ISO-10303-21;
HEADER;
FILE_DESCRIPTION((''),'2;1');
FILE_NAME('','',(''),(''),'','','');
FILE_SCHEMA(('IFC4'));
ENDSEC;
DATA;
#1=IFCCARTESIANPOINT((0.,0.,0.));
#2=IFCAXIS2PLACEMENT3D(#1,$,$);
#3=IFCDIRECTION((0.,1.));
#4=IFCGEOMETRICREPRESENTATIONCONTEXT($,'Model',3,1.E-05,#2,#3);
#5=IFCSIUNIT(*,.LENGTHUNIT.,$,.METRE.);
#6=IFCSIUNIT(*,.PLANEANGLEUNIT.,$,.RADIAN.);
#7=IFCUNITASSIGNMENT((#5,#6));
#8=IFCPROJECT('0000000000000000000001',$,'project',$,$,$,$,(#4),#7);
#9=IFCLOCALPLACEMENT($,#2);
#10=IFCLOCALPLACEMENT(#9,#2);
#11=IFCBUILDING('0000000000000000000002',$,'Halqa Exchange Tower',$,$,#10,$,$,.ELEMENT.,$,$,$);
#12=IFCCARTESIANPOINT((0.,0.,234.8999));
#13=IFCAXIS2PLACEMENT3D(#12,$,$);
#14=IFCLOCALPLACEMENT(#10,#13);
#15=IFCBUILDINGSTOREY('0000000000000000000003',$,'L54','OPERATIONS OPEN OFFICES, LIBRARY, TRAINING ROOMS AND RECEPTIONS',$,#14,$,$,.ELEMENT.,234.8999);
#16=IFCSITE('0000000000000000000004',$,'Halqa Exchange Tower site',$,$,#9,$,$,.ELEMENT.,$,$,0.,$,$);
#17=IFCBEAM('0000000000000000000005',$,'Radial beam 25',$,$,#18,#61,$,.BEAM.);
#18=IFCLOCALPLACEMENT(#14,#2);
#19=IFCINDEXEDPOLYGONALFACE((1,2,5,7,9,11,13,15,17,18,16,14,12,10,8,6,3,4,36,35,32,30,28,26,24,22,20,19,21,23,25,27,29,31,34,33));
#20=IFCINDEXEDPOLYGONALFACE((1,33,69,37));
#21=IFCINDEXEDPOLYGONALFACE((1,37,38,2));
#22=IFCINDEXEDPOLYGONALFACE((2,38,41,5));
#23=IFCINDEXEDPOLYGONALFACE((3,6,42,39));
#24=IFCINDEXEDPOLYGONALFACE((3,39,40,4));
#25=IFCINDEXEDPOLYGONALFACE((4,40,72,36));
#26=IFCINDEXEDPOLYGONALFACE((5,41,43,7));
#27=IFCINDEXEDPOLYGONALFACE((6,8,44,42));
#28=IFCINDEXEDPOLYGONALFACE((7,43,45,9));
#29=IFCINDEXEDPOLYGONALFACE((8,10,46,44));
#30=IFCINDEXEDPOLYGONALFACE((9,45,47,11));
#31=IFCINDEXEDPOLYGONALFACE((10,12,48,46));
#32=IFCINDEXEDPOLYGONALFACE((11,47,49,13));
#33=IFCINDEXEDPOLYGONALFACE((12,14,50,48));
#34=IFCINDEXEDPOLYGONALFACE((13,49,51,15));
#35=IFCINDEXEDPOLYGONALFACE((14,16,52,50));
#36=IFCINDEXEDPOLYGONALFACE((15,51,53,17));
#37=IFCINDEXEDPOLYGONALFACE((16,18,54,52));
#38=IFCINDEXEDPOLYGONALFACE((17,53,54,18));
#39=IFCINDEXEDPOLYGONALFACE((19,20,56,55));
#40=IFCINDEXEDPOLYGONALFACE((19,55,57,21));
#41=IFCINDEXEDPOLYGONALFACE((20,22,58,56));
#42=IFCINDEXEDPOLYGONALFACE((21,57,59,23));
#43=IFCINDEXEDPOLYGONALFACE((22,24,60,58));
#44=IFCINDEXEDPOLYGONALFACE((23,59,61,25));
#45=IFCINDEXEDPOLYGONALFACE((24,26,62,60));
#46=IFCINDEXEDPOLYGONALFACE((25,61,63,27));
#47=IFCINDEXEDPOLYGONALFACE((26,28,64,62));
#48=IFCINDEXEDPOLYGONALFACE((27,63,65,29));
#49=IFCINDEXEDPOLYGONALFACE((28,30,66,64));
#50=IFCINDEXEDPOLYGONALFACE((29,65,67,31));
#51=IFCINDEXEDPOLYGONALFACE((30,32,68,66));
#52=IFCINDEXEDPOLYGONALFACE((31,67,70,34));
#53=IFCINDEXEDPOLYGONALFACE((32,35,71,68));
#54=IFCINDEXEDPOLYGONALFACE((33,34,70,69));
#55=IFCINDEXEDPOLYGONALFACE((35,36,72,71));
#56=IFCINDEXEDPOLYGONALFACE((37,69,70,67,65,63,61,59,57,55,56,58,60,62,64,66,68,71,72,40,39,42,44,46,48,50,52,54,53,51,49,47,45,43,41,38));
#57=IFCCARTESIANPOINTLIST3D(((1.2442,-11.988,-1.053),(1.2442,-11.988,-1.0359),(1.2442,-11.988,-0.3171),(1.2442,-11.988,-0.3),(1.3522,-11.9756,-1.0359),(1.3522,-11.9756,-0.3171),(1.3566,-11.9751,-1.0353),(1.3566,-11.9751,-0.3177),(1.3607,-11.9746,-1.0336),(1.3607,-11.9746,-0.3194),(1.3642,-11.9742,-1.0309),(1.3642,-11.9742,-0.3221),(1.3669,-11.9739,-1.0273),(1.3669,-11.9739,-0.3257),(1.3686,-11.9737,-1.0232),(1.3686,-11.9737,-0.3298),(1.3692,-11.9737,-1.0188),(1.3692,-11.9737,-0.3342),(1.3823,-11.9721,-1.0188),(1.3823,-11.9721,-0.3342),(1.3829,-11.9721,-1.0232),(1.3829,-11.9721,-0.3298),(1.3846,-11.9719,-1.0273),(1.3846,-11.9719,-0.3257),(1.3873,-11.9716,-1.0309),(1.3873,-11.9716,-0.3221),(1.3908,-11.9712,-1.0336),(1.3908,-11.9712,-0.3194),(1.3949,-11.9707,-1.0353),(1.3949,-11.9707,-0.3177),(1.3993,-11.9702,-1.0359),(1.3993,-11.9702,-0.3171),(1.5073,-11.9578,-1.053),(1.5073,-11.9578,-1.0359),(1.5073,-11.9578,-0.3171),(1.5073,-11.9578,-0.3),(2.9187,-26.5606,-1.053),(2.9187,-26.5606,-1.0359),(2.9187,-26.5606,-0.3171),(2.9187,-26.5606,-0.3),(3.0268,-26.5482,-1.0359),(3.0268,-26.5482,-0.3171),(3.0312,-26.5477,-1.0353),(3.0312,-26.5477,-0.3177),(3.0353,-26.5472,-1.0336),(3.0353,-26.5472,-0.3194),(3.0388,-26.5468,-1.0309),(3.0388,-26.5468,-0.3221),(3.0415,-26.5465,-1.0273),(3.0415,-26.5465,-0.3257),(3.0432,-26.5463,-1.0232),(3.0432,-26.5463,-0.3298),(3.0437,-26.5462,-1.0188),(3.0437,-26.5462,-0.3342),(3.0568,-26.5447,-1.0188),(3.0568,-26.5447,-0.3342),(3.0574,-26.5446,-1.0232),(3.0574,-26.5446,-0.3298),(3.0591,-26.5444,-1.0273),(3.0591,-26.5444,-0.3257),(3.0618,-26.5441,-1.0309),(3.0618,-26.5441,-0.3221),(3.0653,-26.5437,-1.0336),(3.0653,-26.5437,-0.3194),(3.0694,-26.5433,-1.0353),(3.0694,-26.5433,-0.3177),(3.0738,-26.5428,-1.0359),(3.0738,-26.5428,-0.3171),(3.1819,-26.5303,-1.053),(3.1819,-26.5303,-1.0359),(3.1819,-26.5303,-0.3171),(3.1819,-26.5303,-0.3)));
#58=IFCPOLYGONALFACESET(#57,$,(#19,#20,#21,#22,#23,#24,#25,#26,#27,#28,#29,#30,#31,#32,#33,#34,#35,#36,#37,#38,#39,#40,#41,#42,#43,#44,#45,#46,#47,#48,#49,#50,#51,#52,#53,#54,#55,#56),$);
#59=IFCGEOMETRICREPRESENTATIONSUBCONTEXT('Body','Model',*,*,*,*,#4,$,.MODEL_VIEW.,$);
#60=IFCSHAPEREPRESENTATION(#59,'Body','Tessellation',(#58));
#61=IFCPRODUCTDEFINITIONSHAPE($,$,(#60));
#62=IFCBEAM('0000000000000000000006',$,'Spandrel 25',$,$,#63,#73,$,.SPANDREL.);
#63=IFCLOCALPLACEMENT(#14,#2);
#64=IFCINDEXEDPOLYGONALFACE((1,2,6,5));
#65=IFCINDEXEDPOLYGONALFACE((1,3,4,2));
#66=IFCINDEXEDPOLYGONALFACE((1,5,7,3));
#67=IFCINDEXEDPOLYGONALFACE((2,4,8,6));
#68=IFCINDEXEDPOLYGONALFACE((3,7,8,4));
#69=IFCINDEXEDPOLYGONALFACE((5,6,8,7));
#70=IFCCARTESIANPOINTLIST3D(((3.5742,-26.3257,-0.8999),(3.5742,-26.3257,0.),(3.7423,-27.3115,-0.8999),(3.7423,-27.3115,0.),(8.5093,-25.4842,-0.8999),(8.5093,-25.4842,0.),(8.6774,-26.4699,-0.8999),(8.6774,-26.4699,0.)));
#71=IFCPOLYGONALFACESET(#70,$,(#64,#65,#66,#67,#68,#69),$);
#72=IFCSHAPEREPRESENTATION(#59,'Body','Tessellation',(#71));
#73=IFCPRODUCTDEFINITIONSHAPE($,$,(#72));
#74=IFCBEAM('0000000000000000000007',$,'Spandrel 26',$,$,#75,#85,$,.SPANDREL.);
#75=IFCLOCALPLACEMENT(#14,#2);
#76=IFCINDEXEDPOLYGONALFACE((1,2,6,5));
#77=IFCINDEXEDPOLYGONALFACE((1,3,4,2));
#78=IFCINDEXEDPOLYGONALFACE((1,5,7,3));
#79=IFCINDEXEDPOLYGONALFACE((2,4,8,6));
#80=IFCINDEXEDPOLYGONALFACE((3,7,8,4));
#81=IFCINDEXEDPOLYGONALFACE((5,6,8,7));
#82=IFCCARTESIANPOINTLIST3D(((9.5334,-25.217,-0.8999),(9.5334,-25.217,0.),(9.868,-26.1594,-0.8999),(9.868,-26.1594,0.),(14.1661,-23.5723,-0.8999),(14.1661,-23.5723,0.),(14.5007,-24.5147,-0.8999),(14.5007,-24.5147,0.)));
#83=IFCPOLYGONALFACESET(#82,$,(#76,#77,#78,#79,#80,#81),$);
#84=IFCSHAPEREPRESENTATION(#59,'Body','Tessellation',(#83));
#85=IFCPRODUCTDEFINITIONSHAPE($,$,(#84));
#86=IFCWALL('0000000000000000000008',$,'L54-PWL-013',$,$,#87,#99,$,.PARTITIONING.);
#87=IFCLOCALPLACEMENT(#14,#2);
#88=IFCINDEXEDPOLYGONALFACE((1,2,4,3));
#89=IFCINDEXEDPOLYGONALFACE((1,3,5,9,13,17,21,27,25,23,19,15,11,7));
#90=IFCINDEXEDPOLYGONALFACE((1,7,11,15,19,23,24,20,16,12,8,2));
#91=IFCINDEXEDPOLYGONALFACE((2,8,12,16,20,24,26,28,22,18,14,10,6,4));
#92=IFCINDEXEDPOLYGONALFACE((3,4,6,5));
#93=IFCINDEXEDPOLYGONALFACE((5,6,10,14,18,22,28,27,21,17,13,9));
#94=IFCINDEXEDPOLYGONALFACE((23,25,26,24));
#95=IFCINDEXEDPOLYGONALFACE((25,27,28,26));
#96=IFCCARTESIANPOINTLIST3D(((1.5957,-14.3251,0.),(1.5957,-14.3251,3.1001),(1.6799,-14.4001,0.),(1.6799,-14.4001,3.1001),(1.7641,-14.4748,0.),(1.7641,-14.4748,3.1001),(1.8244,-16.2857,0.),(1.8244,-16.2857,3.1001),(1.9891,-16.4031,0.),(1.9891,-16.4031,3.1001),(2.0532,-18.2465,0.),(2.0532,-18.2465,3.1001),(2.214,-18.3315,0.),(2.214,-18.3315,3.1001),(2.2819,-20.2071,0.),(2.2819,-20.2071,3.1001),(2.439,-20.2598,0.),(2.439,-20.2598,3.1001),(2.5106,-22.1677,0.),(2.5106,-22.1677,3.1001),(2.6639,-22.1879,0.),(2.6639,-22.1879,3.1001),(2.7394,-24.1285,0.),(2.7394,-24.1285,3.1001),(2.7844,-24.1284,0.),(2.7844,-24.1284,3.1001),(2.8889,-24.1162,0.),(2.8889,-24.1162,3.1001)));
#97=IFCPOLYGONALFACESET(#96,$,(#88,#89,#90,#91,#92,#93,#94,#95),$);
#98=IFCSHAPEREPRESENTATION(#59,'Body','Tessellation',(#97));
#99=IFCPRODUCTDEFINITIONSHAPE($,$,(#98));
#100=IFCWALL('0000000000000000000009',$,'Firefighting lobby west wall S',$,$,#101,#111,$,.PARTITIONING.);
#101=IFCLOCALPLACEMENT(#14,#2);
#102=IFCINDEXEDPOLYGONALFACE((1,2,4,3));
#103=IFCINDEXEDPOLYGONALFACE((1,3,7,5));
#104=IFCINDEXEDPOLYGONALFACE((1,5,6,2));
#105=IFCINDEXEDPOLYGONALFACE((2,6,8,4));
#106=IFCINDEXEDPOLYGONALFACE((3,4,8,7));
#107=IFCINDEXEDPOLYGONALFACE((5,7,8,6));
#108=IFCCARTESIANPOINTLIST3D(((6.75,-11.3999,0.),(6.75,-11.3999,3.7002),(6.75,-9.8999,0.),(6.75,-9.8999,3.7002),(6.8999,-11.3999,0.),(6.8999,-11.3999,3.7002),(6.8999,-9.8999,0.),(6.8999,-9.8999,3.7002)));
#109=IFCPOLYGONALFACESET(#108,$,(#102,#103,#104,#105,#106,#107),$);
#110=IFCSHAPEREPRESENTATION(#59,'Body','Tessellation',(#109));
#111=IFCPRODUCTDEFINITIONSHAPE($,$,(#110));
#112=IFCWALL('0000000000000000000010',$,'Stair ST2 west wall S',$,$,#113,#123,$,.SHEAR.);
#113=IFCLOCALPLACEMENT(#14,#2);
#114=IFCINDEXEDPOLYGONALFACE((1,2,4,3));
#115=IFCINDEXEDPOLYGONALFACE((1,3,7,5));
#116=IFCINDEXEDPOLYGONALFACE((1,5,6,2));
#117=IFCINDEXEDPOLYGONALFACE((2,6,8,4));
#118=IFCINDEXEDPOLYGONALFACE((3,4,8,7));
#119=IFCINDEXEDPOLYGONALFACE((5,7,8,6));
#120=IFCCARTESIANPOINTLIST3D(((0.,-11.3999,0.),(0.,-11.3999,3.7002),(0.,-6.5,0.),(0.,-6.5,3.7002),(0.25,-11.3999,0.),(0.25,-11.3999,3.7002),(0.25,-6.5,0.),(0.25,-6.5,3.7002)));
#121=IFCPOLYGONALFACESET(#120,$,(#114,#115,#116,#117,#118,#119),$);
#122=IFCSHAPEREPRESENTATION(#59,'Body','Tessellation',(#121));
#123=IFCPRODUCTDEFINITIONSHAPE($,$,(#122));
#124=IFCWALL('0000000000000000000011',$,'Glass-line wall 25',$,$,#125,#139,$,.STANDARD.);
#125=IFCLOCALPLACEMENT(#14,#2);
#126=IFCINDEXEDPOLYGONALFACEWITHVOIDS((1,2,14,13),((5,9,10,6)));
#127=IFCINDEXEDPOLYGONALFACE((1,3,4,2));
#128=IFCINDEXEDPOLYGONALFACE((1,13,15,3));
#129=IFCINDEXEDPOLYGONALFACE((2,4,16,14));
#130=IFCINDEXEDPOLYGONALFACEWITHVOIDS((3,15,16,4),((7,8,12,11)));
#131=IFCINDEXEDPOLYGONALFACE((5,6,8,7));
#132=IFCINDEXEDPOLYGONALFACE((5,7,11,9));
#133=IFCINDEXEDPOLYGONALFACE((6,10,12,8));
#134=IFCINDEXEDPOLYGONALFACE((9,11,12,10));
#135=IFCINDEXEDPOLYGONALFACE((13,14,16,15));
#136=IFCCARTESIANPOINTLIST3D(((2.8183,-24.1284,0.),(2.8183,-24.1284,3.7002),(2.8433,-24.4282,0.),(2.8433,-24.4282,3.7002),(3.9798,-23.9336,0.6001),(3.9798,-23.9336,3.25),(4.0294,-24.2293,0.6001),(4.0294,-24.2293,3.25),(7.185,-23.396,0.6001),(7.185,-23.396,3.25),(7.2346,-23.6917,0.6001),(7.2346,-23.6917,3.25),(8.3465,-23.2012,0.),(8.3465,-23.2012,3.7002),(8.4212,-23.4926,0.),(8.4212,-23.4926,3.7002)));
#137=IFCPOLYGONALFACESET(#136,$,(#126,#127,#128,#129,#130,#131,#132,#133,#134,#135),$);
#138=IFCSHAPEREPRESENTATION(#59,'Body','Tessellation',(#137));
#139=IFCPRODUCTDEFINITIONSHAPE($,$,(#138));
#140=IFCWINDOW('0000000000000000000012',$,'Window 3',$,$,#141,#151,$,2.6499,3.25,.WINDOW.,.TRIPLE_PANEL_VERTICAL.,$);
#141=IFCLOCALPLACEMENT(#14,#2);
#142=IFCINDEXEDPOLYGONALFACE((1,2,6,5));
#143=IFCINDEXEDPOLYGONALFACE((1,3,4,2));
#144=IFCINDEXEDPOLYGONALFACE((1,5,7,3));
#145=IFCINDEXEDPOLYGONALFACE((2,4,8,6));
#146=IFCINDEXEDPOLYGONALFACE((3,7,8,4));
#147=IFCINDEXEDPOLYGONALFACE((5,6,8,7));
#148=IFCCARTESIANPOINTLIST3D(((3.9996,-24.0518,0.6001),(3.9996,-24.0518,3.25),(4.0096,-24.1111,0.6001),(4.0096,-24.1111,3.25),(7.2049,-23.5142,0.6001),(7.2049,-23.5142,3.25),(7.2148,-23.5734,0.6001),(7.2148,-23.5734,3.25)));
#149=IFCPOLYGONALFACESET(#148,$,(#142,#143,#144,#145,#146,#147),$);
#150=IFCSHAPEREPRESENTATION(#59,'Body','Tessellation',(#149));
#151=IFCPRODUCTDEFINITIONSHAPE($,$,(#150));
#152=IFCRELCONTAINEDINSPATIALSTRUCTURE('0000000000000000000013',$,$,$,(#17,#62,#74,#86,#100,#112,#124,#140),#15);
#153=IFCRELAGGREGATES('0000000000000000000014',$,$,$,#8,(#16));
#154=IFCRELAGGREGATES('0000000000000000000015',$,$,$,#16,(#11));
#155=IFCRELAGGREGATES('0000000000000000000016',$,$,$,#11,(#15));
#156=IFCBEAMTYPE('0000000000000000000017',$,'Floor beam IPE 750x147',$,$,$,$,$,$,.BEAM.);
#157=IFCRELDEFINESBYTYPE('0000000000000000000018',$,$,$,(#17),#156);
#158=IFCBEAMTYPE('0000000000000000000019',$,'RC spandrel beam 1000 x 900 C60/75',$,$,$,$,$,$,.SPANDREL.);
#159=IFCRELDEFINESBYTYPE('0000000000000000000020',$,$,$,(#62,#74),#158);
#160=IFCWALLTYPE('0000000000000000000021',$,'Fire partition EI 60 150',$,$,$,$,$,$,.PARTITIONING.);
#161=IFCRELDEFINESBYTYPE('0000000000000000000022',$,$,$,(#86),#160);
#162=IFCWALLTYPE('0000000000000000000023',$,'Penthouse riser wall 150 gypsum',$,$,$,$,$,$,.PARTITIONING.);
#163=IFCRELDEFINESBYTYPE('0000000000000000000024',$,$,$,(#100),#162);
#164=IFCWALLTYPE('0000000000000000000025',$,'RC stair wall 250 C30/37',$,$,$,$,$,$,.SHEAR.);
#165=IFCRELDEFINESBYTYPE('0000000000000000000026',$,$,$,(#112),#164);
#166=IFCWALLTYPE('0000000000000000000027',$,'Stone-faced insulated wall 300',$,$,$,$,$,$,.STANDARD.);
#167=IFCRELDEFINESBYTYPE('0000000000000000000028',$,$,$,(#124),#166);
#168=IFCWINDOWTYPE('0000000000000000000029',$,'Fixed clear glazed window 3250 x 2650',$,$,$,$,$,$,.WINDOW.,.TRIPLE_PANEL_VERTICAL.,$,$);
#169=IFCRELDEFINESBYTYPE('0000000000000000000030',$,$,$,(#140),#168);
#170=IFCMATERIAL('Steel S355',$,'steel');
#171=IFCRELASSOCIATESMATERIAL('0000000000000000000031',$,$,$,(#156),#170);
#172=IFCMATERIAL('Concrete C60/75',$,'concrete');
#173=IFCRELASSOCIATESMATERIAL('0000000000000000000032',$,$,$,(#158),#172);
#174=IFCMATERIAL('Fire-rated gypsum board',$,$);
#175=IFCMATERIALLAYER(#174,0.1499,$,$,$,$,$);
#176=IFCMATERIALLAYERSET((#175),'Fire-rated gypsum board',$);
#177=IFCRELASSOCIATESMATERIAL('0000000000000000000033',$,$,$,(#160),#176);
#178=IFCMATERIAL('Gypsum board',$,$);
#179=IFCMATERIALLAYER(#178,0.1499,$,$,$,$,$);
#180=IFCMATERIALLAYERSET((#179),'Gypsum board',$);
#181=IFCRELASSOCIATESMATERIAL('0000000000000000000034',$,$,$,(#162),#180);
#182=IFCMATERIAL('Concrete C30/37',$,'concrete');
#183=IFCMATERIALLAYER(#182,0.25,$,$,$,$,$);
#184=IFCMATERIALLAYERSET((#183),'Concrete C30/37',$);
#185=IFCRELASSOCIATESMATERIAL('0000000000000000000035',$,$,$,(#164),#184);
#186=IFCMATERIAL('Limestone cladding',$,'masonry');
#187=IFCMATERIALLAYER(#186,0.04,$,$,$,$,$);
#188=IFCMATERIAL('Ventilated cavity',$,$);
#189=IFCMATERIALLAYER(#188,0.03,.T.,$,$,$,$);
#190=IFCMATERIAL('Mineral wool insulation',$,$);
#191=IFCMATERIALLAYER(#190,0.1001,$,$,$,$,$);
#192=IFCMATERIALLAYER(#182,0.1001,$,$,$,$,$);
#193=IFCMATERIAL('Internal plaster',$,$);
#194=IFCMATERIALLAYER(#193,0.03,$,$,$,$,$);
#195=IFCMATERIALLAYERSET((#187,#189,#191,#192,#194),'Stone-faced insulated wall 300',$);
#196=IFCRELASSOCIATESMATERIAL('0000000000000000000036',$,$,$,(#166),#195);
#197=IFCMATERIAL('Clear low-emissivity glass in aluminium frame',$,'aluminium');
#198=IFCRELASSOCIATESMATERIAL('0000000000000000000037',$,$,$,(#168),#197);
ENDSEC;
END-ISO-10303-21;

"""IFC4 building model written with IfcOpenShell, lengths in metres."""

from ifc_helpers import new_model, si_unit, direction, frame, frame_2d, origin, origin_2d, place, context, subcontext, project, spatial, polyline, rectangle, i_section, outline, extrude, material, layer, layer_set, material_profile, profile_set, type_object, element, fill, save


model = new_model("IFC4")

# Units and contexts
model_context = context("Model", 3, precision=1e-05, world=origin(), true_north=direction((0.0, 1.0)))
body_context = subcontext(model_context, "Body", "Model", "MODEL_VIEW")
ifc_project = project(units=[si_unit("LENGTHUNIT", "METRE"), si_unit("PLANEANGLEUNIT", "RADIAN")], contexts=[model_context])

# Site, building, storey
site_placement = place(None, origin())
site = spatial("IfcSite", under=ifc_project, at=site_placement, Name="Halqa Exchange Tower site", CompositionType="ELEMENT", RefElevation=0.0)
building_placement = place(site_placement, origin())
building = spatial("IfcBuilding", under=site, at=building_placement, Name="Halqa Exchange Tower", CompositionType="ELEMENT")
storey_placement = place(building_placement, frame((0.0, 0.0, 234.8999)))
storey = spatial("IfcBuildingStorey", under=building, at=storey_placement, Name="L54", Description="OPERATIONS OPEN OFFICES, LIBRARY, TRAINING ROOMS AND RECEPTIONS", CompositionType="ELEMENT", Elevation=234.8999)

# Shared definitions
ifc_material_1 = material(Name="Concrete C60/75", Category="concrete")

# Beams
ifc_material_2 = material(Name="Steel S355", Category="steel")
ifc_material_profile_1 = material_profile(ifc_material_2, i_section(OverallWidth=0.2649, OverallDepth=0.7529, WebThickness=0.0132, FlangeThickness=0.0171, FilletRadius=0.0171, at=origin_2d()), Name="IPE 750x147")
ifc_profile_set_1 = profile_set([ifc_material_profile_1], Name="Steel S355")
beam_type_1 = type_object("IfcBeamType", Name="Floor beam IPE 750x147", PredefinedType="BEAM", material=ifc_profile_set_1)
beam_1_placement = place(storey_placement, frame((1.3757, -11.9729, -0.6765), z_axis=(0.114161, -0.993462, 0.0), x_axis=(0.993462, 0.114161, 0.0)))
element("IfcBeam", 1, at=beam_1_placement, inside=storey, type_object=beam_type_1, Name="Radial beam 25", PredefinedType="BEAM", context=body_context, shape_type="SweptSolid", body=[
    extrude(i_section(OverallWidth=0.2649, OverallDepth=0.7529, WebThickness=0.0132, FlangeThickness=0.0171, FilletRadius=0.0171, at=origin_2d()), origin(), (0.0, 0.0, 1.0), 14.6685),
])
ifc_material_profile_2 = material_profile(ifc_material_1, rectangle(XDim=1.0, YDim=0.8999, at=origin_2d()), Name="1000 x 900")
ifc_profile_set_2 = profile_set([ifc_material_profile_2], Name="Concrete C60/75")
beam_type_2 = type_object("IfcBeamType", Name="RC spandrel beam 1000 x 900 C60/75", PredefinedType="SPANDREL", material=ifc_profile_set_2)
beam_2_placement = place(storey_placement, frame((3.6582, -26.8186, -0.45), z_axis=(0.98577, 0.168099, 0.0), x_axis=(-0.168099, 0.98577, 0.0)))
element("IfcBeam", 2, at=beam_2_placement, inside=storey, type_object=beam_type_2, Name="Spandrel 25", PredefinedType="SPANDREL", context=body_context, shape_type="SweptSolid", body=[
    extrude(rectangle(XDim=1.0, YDim=0.8999, at=origin_2d()), origin(), (0.0, 0.0, 1.0), 5.0063),
])
beam_3_placement = place(storey_placement, frame((9.7007, -25.6882, -0.45), z_axis=(0.942372, 0.334568, 0.0), x_axis=(-0.334568, 0.942372, 0.0)))
element("IfcBeam", 3, at=beam_3_placement, inside=storey, type_object=beam_type_2, Name="Spandrel 26", PredefinedType="SPANDREL", context=body_context, shape_type="SweptSolid", body=[
    extrude(rectangle(XDim=1.0, YDim=0.8999, at=origin_2d()), origin(), (0.0, 0.0, 1.0), 4.916),
])

# Wall
ifc_material_3 = material(Name="Fire-rated gypsum board")
ifc_layer_1 = layer(ifc_material_3, 0.1499)
ifc_layer_set_1 = layer_set([ifc_layer_1], Name="Fire-rated gypsum board")
wall_type_1 = type_object("IfcWallType", Name="Fire partition EI 60 150", PredefinedType="PARTITIONING", material=ifc_layer_set_1)
wall_1_placement = place(storey_placement, frame((1.6702, -14.3164, 0.0), z_axis=(0.0, 0.0, 1.0), x_axis=(0.115876, -0.993264, 0.0)))
element("IfcWall", 4, at=wall_1_placement, inside=storey, type_object=wall_type_1, Name="L54-PWL-013", PredefinedType="PARTITIONING", context=body_context, shape_type="SweptSolid", body=[
    extrude(outline(polyline([(0.0, -0.075), (1.9739, -0.075), (3.948, -0.075), (5.9219, -0.075), (7.8958, -0.075), (9.8699, -0.075), (9.875, -0.0303), (9.875, 0.075), (7.9336, 0.075), (5.9924, 0.075), (4.051, 0.075), (2.1096, 0.075), (0.1682, 0.075), (0.0842, 0.0), (0.0, -0.075), (0.0, -0.075)])), origin(), (0.0, 0.0, 1.0), 3.1001),
])

# Walls
ifc_material_4 = material(Name="Gypsum board")
ifc_layer_2 = layer(ifc_material_4, 0.1499)
ifc_layer_set_2 = layer_set([ifc_layer_2], Name="Gypsum board")
wall_type_2 = type_object("IfcWallType", Name="Penthouse riser wall 150 gypsum", PredefinedType="PARTITIONING", material=ifc_layer_set_2)
wall_2_placement = place(storey_placement, frame((6.825, -11.3999, 0.0), z_axis=(0.0, 0.0, 1.0), x_axis=(0.0, 1.0, 0.0)))
element("IfcWall", 5, at=wall_2_placement, inside=storey, type_object=wall_type_2, Name="Firefighting lobby west wall S", PredefinedType="PARTITIONING", context=body_context, shape_type="SweptSolid", body=[
    extrude(rectangle(XDim=1.5, YDim=0.1499, at=frame_2d((0.75, 0.0))), origin(), (0.0, 0.0, 1.0), 3.7002),
])
ifc_material_5 = material(Name="Concrete C30/37", Category="concrete")
ifc_layer_3 = layer(ifc_material_5, 0.25)
ifc_layer_set_3 = layer_set([ifc_layer_3], Name="Concrete C30/37")
wall_type_3 = type_object("IfcWallType", Name="RC stair wall 250 C30/37", PredefinedType="SHEAR", material=ifc_layer_set_3)
wall_3_placement = place(storey_placement, frame((0.125, -11.3999, 0.0), z_axis=(0.0, 0.0, 1.0), x_axis=(0.0, 1.0, 0.0)))
element("IfcWall", 6, at=wall_3_placement, inside=storey, type_object=wall_type_3, Name="Stair ST2 west wall S", PredefinedType="SHEAR", context=body_context, shape_type="SweptSolid", body=[
    extrude(rectangle(XDim=4.8999, YDim=0.25, at=frame_2d((2.45, 0.0))), origin(), (0.0, 0.0, 1.0), 3.7002),
])

# Wall, opening, window
ifc_material_6 = material(Name="Limestone cladding", Category="masonry")
ifc_layer_4 = layer(ifc_material_6, 0.04)
ifc_material_7 = material(Name="Ventilated cavity")
ifc_layer_5 = layer(ifc_material_7, 0.03, ventilated=True)
ifc_material_8 = material(Name="Mineral wool insulation")
ifc_layer_6 = layer(ifc_material_8, 0.1001)
ifc_layer_7 = layer(ifc_material_5, 0.1001)
ifc_material_9 = material(Name="Internal plaster")
ifc_layer_8 = layer(ifc_material_9, 0.03)
ifc_layer_set_4 = layer_set([ifc_layer_4, ifc_layer_5, ifc_layer_6, ifc_layer_7, ifc_layer_8], Name="Stone-faced insulated wall 300")
wall_type_4 = type_object("IfcWallType", Name="Stone-faced insulated wall 300", PredefinedType="STANDARD", material=ifc_layer_set_4)
wall_4_placement = place(storey_placement, frame((2.8308, -24.2783, 0.0), z_axis=(0.0, 0.0, 1.0), x_axis=(0.986223, 0.165418, 0.0)))
wall_4 = element("IfcWall", 7, at=wall_4_placement, inside=storey, type_object=wall_type_4, Name="Glass-line wall 25", PredefinedType="STANDARD", context=body_context, shape_type="SweptSolid", body=[
    extrude(outline(polyline([(-0.0125, -0.1499), (5.6433, -0.1499), (5.6179, 0.1499), (0.0125, 0.1499), (-0.0125, -0.1499)])), origin(), (0.0, 0.0, 1.0), 3.7002),
])
opening_1_placement = place(wall_4_placement, frame((1.1902, 0.0, 0.6001)))
opening_1 = element("IfcOpeningElement", 8, at=opening_1_placement, cuts=wall_4, PredefinedType="OPENING", context=body_context, shape_type="SweptSolid", body=[
    extrude(rectangle(XDim=3.25, YDim=2.6499, at=frame_2d((1.625, 1.325))), frame((0.0, 0.1621, 0.0), z_axis=(0.0, -1.0, 0.0), x_axis=(1.0, 0.0, 0.0)), (0.0, 0.0, 1.0), 0.324),
])
ifc_material_10 = material(Name="Clear low-emissivity glass in aluminium frame", Category="aluminium")
window_type = type_object("IfcWindowType", Name="Fixed clear glazed window 3250 x 2650", PartitioningType="TRIPLE_PANEL_VERTICAL", PredefinedType="WINDOW", material=ifc_material_10)
window_1_placement = place(opening_1_placement, origin())
window_1 = element("IfcWindow", 9, at=window_1_placement, inside=storey, type_object=window_type, Name="Window 3", OverallHeight=2.6499, OverallWidth=3.25, PartitioningType="TRIPLE_PANEL_VERTICAL", PredefinedType="WINDOW", context=body_context, shape_type="SweptSolid", body=[
    extrude(rectangle(XDim=3.25, YDim=2.6499, at=frame_2d((1.625, 1.325))), frame((0.0, 0.03, 0.0), z_axis=(0.0, -1.0, 0.0), x_axis=(1.0, 0.0, 0.0)), (0.0, 0.0, 1.0), 0.0601),
])
fill(opening_1, window_1)

save(model, "model.ifc")
